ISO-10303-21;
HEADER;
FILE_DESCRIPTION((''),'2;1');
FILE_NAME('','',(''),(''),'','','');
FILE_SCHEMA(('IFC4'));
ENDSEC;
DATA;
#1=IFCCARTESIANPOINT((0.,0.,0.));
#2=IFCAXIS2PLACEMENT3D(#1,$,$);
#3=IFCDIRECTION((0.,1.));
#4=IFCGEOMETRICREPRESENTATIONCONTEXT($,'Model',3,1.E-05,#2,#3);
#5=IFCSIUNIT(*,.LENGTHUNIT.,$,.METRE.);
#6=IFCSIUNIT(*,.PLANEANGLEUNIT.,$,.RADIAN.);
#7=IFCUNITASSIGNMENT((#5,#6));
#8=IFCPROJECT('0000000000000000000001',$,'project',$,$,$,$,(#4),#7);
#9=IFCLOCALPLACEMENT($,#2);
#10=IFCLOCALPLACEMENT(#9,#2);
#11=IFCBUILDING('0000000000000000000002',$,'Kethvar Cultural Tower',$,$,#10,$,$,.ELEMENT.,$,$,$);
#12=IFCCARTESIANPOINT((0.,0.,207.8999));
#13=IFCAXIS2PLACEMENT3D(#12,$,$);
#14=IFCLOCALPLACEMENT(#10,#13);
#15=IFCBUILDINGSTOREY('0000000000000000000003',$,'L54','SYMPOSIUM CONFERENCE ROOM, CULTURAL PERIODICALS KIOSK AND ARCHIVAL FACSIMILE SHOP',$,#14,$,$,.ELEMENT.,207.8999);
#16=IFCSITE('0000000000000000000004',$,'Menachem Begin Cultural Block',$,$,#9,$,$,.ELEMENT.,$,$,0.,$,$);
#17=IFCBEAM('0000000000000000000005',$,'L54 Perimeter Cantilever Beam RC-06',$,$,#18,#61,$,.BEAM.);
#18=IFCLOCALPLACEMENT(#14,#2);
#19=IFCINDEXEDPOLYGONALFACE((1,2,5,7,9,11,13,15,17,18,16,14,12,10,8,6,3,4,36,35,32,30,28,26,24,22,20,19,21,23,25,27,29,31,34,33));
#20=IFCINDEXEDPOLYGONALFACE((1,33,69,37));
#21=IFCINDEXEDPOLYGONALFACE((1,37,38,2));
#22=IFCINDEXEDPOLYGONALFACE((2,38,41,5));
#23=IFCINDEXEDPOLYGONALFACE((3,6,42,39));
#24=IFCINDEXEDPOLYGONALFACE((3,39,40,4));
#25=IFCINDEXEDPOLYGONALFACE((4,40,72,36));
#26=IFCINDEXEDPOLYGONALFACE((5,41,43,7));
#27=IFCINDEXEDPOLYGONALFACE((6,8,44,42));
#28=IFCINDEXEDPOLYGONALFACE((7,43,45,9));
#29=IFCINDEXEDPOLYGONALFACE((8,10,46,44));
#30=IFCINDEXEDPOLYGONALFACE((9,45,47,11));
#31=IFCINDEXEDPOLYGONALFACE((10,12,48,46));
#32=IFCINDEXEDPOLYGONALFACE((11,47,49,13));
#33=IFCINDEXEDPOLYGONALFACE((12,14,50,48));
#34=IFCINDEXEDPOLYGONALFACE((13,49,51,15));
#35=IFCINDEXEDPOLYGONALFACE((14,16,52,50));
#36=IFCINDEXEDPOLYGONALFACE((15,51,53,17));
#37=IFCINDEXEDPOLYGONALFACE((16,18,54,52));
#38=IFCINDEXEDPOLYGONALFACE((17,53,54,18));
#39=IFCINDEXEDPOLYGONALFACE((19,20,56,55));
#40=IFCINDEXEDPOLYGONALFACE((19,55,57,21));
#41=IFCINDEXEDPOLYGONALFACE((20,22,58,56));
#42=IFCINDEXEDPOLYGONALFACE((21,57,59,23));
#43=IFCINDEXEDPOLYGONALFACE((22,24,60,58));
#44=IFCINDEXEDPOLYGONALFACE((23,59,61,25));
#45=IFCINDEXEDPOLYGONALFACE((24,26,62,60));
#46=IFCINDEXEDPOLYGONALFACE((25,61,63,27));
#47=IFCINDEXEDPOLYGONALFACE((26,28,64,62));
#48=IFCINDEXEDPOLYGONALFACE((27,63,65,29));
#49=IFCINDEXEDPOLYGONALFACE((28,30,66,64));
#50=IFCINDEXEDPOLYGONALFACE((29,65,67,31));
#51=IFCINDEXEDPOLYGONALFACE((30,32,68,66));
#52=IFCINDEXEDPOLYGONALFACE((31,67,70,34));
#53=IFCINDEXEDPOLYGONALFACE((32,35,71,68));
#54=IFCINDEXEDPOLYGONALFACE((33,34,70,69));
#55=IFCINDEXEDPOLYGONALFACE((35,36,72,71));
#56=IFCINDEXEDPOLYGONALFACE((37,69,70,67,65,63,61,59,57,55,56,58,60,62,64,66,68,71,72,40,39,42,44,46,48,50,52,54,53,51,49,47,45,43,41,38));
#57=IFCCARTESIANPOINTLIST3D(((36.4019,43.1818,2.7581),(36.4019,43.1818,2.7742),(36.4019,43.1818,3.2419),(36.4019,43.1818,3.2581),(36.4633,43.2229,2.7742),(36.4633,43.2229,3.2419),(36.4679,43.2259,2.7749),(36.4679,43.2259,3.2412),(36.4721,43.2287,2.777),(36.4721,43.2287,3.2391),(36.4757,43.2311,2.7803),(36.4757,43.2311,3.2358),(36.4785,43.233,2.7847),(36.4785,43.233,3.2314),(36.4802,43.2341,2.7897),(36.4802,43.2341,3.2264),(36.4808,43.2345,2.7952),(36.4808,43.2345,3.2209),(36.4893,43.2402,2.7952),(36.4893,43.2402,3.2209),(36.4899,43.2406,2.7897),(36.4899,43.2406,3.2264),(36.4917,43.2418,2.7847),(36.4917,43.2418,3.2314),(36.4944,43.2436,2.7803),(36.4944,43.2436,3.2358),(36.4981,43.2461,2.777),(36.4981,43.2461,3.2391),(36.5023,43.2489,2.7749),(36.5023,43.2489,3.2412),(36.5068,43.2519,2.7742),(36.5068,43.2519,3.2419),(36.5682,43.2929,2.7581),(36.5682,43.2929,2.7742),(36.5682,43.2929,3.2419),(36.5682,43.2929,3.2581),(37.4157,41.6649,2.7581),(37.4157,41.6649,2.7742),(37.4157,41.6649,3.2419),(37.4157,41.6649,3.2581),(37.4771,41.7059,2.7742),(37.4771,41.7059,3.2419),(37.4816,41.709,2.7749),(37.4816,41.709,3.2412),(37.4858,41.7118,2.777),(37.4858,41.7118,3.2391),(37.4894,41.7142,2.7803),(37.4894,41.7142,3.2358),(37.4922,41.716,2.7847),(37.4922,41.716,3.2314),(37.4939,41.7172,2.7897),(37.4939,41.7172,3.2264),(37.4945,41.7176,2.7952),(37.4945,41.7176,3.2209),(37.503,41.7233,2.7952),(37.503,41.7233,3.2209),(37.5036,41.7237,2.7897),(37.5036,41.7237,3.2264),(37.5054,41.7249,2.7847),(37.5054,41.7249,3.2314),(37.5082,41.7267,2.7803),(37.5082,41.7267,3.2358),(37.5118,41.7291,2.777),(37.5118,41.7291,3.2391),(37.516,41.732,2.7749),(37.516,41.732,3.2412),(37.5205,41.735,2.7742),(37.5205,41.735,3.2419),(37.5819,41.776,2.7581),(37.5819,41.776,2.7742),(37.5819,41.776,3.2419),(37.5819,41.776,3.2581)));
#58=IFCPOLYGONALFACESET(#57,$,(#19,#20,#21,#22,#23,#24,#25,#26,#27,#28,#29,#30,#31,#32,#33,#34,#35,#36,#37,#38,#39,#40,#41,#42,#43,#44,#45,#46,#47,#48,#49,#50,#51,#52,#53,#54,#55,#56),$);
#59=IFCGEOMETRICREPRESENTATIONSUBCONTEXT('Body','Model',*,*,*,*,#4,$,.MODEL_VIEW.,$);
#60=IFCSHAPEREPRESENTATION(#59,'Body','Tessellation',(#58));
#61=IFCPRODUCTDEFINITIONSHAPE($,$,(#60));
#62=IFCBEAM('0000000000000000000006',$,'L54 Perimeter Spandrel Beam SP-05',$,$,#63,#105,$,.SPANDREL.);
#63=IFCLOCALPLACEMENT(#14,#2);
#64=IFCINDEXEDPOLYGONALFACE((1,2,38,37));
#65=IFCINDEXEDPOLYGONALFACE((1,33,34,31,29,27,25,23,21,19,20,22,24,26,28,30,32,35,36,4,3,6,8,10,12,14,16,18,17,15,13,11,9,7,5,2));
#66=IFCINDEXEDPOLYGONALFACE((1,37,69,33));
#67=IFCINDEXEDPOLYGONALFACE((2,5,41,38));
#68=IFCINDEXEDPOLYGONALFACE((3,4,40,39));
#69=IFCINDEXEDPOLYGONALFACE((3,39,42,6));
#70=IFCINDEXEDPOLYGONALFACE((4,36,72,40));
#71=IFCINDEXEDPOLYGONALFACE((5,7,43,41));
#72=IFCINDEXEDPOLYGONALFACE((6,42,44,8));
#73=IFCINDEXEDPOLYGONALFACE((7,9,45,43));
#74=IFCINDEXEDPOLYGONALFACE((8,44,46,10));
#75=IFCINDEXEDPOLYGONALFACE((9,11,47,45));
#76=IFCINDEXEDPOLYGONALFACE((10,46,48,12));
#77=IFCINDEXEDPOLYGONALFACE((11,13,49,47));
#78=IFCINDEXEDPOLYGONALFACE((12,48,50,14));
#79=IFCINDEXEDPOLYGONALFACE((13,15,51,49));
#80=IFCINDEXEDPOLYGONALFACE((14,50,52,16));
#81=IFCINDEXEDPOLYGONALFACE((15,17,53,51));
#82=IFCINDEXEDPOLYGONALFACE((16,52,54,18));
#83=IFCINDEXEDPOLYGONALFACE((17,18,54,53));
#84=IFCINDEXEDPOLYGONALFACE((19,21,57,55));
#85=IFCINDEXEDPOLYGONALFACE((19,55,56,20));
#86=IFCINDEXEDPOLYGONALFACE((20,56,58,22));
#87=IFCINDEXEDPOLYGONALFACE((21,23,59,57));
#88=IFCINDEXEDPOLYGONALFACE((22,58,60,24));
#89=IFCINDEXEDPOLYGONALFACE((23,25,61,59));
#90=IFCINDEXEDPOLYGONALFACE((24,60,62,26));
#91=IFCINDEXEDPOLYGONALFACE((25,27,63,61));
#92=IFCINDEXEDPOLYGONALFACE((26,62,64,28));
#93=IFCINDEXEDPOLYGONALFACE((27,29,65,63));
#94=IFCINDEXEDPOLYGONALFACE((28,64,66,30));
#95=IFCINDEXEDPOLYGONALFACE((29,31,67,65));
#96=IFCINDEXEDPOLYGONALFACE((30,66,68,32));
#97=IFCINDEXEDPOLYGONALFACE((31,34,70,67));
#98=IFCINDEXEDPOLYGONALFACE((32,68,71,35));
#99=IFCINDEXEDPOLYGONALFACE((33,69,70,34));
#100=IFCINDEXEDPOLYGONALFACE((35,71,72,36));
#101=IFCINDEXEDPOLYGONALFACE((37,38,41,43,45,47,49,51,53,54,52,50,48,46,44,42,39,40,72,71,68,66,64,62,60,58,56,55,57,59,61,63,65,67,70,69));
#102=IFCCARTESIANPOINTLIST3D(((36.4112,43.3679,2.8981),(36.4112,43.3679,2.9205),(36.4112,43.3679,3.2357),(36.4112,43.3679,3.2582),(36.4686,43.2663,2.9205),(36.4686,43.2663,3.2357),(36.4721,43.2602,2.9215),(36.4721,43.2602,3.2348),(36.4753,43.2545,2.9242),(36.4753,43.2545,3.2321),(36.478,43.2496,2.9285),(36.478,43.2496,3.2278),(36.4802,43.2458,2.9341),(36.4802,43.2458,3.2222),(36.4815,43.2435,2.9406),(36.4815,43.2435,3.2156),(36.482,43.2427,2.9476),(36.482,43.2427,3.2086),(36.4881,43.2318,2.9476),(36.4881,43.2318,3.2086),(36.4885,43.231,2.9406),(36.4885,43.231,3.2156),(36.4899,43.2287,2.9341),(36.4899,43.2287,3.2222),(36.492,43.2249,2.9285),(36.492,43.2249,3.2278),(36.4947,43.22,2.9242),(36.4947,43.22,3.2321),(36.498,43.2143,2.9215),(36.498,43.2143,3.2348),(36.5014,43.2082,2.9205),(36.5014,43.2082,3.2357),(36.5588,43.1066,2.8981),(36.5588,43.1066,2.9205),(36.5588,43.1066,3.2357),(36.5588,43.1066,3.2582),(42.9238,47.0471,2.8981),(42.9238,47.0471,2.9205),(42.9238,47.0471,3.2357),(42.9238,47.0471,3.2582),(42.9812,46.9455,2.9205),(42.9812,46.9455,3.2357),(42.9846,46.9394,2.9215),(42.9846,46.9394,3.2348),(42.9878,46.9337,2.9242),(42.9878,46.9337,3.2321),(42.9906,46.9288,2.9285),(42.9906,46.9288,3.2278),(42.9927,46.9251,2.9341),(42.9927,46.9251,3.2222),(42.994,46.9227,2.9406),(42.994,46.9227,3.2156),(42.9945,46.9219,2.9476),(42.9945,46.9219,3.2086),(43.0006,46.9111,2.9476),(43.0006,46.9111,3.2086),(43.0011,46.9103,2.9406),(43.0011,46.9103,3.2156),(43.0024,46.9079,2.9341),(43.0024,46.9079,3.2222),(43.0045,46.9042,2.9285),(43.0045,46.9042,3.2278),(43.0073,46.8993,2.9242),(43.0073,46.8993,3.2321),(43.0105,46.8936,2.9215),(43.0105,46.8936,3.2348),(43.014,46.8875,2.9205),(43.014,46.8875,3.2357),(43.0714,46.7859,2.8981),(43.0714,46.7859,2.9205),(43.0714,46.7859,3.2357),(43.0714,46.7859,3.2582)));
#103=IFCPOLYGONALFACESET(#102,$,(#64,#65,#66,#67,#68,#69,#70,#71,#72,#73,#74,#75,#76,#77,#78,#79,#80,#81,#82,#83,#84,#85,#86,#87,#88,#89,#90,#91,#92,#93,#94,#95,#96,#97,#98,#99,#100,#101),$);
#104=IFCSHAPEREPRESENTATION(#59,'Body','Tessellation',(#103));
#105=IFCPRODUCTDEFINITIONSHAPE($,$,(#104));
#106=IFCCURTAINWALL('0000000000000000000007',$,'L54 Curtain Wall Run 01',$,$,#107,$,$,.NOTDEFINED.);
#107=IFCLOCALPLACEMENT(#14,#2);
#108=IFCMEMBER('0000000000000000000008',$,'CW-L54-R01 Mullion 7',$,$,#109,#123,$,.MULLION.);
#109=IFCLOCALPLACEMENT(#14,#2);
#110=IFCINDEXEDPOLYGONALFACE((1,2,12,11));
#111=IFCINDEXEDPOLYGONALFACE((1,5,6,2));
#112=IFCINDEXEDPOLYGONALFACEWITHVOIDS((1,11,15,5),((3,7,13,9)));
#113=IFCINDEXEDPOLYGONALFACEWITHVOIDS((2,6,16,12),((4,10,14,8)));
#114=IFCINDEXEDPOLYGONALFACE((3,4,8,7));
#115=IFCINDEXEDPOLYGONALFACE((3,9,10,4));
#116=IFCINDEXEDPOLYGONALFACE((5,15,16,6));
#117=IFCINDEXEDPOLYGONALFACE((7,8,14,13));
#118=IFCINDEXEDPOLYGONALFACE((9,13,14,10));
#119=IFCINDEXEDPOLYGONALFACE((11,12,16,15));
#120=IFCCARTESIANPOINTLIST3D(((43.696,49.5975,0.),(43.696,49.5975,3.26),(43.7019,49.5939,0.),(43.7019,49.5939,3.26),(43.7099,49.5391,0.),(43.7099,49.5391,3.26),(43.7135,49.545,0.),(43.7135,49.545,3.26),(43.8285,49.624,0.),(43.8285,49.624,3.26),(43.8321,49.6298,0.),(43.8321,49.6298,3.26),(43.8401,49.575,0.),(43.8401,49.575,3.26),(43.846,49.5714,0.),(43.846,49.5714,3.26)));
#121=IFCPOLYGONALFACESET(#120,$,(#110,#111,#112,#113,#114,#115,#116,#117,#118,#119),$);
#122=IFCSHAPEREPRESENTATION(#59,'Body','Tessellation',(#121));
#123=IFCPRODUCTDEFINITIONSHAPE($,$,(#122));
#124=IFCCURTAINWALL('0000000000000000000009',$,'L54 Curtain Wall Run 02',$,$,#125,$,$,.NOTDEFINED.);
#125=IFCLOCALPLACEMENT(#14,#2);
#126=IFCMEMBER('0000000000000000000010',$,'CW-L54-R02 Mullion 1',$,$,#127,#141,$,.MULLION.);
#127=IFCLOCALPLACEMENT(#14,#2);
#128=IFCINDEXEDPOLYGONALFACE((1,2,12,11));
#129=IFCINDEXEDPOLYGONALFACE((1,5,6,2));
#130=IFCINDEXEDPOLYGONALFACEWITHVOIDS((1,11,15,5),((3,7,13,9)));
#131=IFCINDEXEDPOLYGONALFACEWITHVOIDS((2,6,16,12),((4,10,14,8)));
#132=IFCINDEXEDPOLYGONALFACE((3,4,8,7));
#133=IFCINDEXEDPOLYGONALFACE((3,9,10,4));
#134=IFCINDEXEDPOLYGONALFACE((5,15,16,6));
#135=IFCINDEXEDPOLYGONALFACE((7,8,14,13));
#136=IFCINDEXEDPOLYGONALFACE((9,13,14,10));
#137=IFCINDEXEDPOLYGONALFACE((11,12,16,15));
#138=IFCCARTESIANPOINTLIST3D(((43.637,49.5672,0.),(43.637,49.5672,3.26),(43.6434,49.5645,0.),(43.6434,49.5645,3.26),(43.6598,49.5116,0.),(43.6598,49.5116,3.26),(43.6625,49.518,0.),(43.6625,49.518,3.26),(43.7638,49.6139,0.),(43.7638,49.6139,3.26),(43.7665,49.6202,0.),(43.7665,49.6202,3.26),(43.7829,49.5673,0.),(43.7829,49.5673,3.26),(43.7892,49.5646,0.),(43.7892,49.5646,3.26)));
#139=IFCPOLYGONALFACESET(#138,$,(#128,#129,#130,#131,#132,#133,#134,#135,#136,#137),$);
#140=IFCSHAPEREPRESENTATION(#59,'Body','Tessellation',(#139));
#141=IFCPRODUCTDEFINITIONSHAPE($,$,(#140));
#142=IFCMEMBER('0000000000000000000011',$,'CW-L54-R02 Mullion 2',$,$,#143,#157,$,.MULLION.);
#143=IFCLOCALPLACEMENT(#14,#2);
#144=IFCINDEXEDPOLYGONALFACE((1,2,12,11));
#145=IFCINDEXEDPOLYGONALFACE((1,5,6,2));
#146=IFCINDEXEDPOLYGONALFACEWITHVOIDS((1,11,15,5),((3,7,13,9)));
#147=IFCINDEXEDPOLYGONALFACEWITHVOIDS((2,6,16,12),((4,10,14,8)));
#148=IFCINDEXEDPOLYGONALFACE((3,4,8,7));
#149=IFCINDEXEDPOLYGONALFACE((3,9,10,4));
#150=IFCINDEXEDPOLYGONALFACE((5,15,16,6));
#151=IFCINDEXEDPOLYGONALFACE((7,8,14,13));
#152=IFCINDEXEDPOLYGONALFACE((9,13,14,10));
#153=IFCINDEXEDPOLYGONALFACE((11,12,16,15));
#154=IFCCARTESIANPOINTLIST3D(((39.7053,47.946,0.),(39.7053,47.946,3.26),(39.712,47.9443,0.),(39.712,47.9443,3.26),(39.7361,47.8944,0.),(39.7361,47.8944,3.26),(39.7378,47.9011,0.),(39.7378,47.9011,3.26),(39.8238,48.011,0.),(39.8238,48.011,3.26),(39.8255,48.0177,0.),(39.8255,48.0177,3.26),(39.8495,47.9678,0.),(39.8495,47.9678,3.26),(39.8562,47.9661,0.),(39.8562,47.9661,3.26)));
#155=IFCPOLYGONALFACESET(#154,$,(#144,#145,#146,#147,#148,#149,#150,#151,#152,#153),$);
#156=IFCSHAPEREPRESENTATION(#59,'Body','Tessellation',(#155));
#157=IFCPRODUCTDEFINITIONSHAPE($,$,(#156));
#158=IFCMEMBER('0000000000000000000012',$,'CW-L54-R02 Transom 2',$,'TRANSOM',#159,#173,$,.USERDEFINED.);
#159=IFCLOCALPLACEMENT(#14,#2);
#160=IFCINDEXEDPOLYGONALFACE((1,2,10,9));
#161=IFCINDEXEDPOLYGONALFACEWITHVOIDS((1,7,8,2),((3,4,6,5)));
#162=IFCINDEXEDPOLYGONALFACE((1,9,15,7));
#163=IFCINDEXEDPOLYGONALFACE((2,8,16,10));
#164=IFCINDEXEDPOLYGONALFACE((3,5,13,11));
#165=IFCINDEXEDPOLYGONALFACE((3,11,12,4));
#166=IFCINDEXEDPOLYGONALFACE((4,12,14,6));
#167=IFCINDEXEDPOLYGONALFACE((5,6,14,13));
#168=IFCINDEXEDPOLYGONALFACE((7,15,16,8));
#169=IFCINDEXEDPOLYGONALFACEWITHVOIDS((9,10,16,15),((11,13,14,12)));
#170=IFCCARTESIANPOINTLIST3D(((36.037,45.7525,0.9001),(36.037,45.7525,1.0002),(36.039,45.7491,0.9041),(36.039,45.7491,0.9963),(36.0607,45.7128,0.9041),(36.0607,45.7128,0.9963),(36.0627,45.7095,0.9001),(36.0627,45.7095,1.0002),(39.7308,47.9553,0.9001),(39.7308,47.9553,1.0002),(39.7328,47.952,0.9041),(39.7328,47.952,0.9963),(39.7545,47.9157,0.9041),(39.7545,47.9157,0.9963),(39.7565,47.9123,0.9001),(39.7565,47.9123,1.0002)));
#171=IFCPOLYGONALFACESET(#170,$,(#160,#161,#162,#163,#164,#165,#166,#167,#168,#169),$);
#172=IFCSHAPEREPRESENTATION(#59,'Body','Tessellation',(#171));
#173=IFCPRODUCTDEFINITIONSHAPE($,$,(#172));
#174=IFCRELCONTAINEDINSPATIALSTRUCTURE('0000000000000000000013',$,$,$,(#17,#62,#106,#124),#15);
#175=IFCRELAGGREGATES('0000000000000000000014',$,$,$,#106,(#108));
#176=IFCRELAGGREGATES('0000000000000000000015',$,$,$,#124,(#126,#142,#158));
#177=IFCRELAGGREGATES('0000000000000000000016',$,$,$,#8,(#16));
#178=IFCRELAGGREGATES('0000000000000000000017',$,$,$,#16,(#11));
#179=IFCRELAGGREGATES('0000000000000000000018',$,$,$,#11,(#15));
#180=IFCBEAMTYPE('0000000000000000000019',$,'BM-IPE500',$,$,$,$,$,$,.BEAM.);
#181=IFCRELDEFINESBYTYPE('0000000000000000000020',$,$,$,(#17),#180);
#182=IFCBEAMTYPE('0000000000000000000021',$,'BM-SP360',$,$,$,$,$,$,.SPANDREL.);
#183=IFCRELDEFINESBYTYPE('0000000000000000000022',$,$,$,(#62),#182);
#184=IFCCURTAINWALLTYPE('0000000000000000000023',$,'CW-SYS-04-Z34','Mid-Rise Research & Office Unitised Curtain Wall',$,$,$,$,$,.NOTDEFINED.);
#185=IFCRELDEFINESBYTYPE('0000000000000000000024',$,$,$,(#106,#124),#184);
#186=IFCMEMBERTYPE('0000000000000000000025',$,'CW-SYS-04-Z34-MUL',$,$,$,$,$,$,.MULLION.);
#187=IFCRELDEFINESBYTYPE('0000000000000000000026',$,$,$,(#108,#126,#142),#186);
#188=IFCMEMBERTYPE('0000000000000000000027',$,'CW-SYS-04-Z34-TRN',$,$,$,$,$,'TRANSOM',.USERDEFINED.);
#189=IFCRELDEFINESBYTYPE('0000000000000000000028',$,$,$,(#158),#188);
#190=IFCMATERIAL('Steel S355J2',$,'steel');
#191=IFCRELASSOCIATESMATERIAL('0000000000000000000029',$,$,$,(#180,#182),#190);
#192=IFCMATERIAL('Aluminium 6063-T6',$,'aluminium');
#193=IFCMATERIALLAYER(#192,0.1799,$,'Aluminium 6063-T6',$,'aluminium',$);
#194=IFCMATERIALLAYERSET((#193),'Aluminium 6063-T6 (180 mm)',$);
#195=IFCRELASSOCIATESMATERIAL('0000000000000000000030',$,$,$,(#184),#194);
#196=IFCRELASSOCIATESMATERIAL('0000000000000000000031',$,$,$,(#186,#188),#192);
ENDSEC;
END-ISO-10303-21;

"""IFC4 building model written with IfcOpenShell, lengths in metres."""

from ifc_helpers import new_model, si_unit, direction, frame, origin, origin_2d, place, context, subcontext, project, spatial, hollow_rectangle, i_section, extrude, source, transform, mapped, material, layer, layer_set, material_profile, profile_set, type_object, element, aggregate, save


model = new_model("IFC4")

# Units and contexts
model_context = context("Model", 3, precision=1e-05, world=origin(), true_north=direction((0.0, 1.0)))
body_context = subcontext(model_context, "Body", "Model", "MODEL_VIEW")
ifc_project = project(units=[si_unit("LENGTHUNIT", "METRE"), si_unit("PLANEANGLEUNIT", "RADIAN")], contexts=[model_context])

# Site, building, storey
site_placement = place(None, origin())
site = spatial("IfcSite", under=ifc_project, at=site_placement, Name="Menachem Begin Cultural Block", CompositionType="ELEMENT", RefElevation=0.0)
building_placement = place(site_placement, origin())
building = spatial("IfcBuilding", under=site, at=building_placement, Name="Kethvar Cultural Tower", CompositionType="ELEMENT")
storey_placement = place(building_placement, frame((0.0, 0.0, 207.8999)))
storey = spatial("IfcBuildingStorey", under=building, at=storey_placement, Name="L54", Description="SYMPOSIUM CONFERENCE ROOM, CULTURAL PERIODICALS KIOSK AND ARCHIVAL FACSIMILE SHOP", CompositionType="ELEMENT", Elevation=207.8999)

# Beams
ifc_material_1 = material(Name="Steel S355J2", Category="steel")
ifc_material_profile_1 = material_profile(ifc_material_1, i_section(OverallWidth=0.2, OverallDepth=0.5, WebThickness=0.0103, FlangeThickness=0.0161, FilletRadius=0.021, at=origin_2d()), Name="Steel S355J2 — IPE500")
ifc_profile_set_1 = profile_set([ifc_material_profile_1], Name="Steel S355J2 — IPE500")
beam_type_1 = type_object("IfcBeamType", Name="BM-IPE500", PredefinedType="BEAM", material=ifc_profile_set_1)
shared_shape_1 = source(origin(), body_context, "Body", "SweptSolid", [
    extrude(i_section(OverallWidth=0.2, OverallDepth=0.5, WebThickness=0.0103, FlangeThickness=0.0161, FilletRadius=0.021, at=origin_2d()), origin(), (0.0, 0.0, 1.0), 1.8245),
])
beam_1_placement = place(storey_placement, frame((37.4988, 41.7205, 3.0081), z_axis=(-0.555626, 0.831432, 0.0), x_axis=(-0.831432, -0.555626, 0.0)))
element("IfcBeam", 1, at=beam_1_placement, inside=storey, type_object=beam_type_1, Name="L54 Perimeter Cantilever Beam RC-06", PredefinedType="BEAM", context=body_context, shape_type="MappedRepresentation", body=[
    mapped(shared_shape_1, transform((0.0, 0.0, 0.0), scale=1.0)),
])
ifc_material_profile_2 = material_profile(ifc_material_1, i_section(OverallWidth=0.3, OverallDepth=0.3601, WebThickness=0.0125, FlangeThickness=0.0225, FilletRadius=0.0271, at=origin_2d()), Name="Steel S355J2 — HEB360")
ifc_profile_set_2 = profile_set([ifc_material_profile_2], Name="Steel S355J2 — HEB360")
beam_type_2 = type_object("IfcBeamType", Name="BM-SP360", PredefinedType="SPANDREL", material=ifc_profile_set_2)
shared_shape_2 = source(origin(), body_context, "Body", "SweptSolid", [
    extrude(i_section(OverallWidth=0.3, OverallDepth=0.3601, WebThickness=0.0125, FlangeThickness=0.0225, FilletRadius=0.0271, at=origin_2d()), origin(), (0.0, 0.0, 1.0), 7.48),
])
beam_2_placement = place(storey_placement, frame((42.9976, 46.9165, 3.0781), z_axis=(-0.870663, -0.49188, 0.0), x_axis=(0.49188, -0.870663, 0.0)))
element("IfcBeam", 2, at=beam_2_placement, inside=storey, type_object=beam_type_2, Name="L54 Perimeter Spandrel Beam SP-05", PredefinedType="SPANDREL", context=body_context, shape_type="MappedRepresentation", body=[
    mapped(shared_shape_2, transform((0.0, 0.0, 0.0), scale=1.0)),
])

# Curtain wall, member
ifc_material_2 = material(Name="Aluminium 6063-T6", Category="aluminium")
ifc_layer_1 = layer(ifc_material_2, 0.1799, Name="Aluminium 6063-T6", Category="aluminium")
ifc_layer_set_1 = layer_set([ifc_layer_1], Name="Aluminium 6063-T6 (180 mm)")
curtain_wall_type = type_object("IfcCurtainWallType", Name="CW-SYS-04-Z34", Description="Mid-Rise Research & Office Unitised Curtain Wall", PredefinedType="NOTDEFINED", material=ifc_layer_set_1)
curtain_wall_1_placement = place(storey_placement, origin())
curtain_wall_1 = element("IfcCurtainWall", 3, at=curtain_wall_1_placement, inside=storey, type_object=curtain_wall_type, Name="L54 Curtain Wall Run 01", PredefinedType="NOTDEFINED")
ifc_material_profile_3 = material_profile(ifc_material_2, hollow_rectangle(XDim=0.0601, YDim=0.1399, WallThickness=0.0049, at=origin_2d()), Name="Aluminium 6063-T6 — RHS140x60x5")
ifc_profile_set_3 = profile_set([ifc_material_profile_3], Name="Aluminium 6063-T6 — RHS140x60x5")
member_type_1 = type_object("IfcMemberType", Name="CW-SYS-04-Z34-MUL", PredefinedType="MULLION", material=ifc_profile_set_3)
shared_shape_3 = source(origin(), body_context, "Body", "SweptSolid", [
    extrude(hollow_rectangle(XDim=0.0601, YDim=0.1399, WallThickness=0.0049, at=origin_2d()), origin(), (0.0, 0.0, 1.0), 3.26),
])
member_1_placement = place(storey_placement, frame((43.771, 49.5845, 0.0), z_axis=(0.0, 0.0, 1.0), x_axis=(0.23078, -0.973006, 0.0)))
member_1 = element("IfcMember", 4, at=member_1_placement, type_object=member_type_1, Name="CW-L54-R01 Mullion 7", PredefinedType="MULLION", context=body_context, shape_type="MappedRepresentation", body=[
    mapped(shared_shape_3, transform((0.0, 0.0, 0.0), scale=1.0)),
])

# Curtain wall, members
curtain_wall_2_placement = place(storey_placement, origin())
curtain_wall_2 = element("IfcCurtainWall", 5, at=curtain_wall_2_placement, inside=storey, type_object=curtain_wall_type, Name="L54 Curtain Wall Run 02", PredefinedType="NOTDEFINED")
member_2_placement = place(storey_placement, frame((43.7131, 49.5659, 0.0), z_axis=(0.0, 0.0, 1.0), x_axis=(0.379117, -0.925349, 0.0)))
member_2 = element("IfcMember", 6, at=member_2_placement, type_object=member_type_1, Name="CW-L54-R02 Mullion 1", PredefinedType="MULLION", context=body_context, shape_type="MappedRepresentation", body=[
    mapped(shared_shape_3, transform((0.0, 0.0, 0.0), scale=1.0)),
])
member_3_placement = place(storey_placement, frame((39.7808, 47.9561, 0.0), z_axis=(0.0, 0.0, 1.0), x_axis=(0.512223, -0.858853, 0.0)))
member_3 = element("IfcMember", 7, at=member_3_placement, type_object=member_type_1, Name="CW-L54-R02 Mullion 2", PredefinedType="MULLION", context=body_context, shape_type="MappedRepresentation", body=[
    mapped(shared_shape_3, transform((0.0, 0.0, 0.0), scale=1.0)),
])
ifc_material_profile_4 = material_profile(ifc_material_2, hollow_rectangle(XDim=0.05, YDim=0.1001, WallThickness=0.0039, at=origin_2d()), Name="Aluminium 6063-T6 — RHS100x50x4")
ifc_profile_set_4 = profile_set([ifc_material_profile_4], Name="Aluminium 6063-T6 — RHS100x50x4")
member_type_2 = type_object("IfcMemberType", Name="CW-SYS-04-Z34-TRN", ElementType="TRANSOM", PredefinedType="USERDEFINED", material=ifc_profile_set_4)
shared_shape_4 = source(origin(), body_context, "Body", "SweptSolid", [
    extrude(hollow_rectangle(XDim=0.05, YDim=0.1001, WallThickness=0.0039, at=origin_2d()), origin(), (0.0, 0.0, 1.0), 4.3008),
])
member_4_placement = place(storey_placement, frame((39.7437, 47.9338, 0.9502), z_axis=(-0.858867, -0.512198, 0.0), x_axis=(0.512198, -0.858867, 0.0)))
member_4 = element("IfcMember", 8, at=member_4_placement, type_object=member_type_2, Name="CW-L54-R02 Transom 2", ObjectType="TRANSOM", PredefinedType="USERDEFINED", context=body_context, shape_type="MappedRepresentation", body=[
    mapped(shared_shape_4, transform((0.0, 0.0, 0.0), scale=1.0)),
])

aggregate(curtain_wall_1, [member_1])
aggregate(curtain_wall_2, [member_2, member_3, member_4])

save(model, "model.ifc")
